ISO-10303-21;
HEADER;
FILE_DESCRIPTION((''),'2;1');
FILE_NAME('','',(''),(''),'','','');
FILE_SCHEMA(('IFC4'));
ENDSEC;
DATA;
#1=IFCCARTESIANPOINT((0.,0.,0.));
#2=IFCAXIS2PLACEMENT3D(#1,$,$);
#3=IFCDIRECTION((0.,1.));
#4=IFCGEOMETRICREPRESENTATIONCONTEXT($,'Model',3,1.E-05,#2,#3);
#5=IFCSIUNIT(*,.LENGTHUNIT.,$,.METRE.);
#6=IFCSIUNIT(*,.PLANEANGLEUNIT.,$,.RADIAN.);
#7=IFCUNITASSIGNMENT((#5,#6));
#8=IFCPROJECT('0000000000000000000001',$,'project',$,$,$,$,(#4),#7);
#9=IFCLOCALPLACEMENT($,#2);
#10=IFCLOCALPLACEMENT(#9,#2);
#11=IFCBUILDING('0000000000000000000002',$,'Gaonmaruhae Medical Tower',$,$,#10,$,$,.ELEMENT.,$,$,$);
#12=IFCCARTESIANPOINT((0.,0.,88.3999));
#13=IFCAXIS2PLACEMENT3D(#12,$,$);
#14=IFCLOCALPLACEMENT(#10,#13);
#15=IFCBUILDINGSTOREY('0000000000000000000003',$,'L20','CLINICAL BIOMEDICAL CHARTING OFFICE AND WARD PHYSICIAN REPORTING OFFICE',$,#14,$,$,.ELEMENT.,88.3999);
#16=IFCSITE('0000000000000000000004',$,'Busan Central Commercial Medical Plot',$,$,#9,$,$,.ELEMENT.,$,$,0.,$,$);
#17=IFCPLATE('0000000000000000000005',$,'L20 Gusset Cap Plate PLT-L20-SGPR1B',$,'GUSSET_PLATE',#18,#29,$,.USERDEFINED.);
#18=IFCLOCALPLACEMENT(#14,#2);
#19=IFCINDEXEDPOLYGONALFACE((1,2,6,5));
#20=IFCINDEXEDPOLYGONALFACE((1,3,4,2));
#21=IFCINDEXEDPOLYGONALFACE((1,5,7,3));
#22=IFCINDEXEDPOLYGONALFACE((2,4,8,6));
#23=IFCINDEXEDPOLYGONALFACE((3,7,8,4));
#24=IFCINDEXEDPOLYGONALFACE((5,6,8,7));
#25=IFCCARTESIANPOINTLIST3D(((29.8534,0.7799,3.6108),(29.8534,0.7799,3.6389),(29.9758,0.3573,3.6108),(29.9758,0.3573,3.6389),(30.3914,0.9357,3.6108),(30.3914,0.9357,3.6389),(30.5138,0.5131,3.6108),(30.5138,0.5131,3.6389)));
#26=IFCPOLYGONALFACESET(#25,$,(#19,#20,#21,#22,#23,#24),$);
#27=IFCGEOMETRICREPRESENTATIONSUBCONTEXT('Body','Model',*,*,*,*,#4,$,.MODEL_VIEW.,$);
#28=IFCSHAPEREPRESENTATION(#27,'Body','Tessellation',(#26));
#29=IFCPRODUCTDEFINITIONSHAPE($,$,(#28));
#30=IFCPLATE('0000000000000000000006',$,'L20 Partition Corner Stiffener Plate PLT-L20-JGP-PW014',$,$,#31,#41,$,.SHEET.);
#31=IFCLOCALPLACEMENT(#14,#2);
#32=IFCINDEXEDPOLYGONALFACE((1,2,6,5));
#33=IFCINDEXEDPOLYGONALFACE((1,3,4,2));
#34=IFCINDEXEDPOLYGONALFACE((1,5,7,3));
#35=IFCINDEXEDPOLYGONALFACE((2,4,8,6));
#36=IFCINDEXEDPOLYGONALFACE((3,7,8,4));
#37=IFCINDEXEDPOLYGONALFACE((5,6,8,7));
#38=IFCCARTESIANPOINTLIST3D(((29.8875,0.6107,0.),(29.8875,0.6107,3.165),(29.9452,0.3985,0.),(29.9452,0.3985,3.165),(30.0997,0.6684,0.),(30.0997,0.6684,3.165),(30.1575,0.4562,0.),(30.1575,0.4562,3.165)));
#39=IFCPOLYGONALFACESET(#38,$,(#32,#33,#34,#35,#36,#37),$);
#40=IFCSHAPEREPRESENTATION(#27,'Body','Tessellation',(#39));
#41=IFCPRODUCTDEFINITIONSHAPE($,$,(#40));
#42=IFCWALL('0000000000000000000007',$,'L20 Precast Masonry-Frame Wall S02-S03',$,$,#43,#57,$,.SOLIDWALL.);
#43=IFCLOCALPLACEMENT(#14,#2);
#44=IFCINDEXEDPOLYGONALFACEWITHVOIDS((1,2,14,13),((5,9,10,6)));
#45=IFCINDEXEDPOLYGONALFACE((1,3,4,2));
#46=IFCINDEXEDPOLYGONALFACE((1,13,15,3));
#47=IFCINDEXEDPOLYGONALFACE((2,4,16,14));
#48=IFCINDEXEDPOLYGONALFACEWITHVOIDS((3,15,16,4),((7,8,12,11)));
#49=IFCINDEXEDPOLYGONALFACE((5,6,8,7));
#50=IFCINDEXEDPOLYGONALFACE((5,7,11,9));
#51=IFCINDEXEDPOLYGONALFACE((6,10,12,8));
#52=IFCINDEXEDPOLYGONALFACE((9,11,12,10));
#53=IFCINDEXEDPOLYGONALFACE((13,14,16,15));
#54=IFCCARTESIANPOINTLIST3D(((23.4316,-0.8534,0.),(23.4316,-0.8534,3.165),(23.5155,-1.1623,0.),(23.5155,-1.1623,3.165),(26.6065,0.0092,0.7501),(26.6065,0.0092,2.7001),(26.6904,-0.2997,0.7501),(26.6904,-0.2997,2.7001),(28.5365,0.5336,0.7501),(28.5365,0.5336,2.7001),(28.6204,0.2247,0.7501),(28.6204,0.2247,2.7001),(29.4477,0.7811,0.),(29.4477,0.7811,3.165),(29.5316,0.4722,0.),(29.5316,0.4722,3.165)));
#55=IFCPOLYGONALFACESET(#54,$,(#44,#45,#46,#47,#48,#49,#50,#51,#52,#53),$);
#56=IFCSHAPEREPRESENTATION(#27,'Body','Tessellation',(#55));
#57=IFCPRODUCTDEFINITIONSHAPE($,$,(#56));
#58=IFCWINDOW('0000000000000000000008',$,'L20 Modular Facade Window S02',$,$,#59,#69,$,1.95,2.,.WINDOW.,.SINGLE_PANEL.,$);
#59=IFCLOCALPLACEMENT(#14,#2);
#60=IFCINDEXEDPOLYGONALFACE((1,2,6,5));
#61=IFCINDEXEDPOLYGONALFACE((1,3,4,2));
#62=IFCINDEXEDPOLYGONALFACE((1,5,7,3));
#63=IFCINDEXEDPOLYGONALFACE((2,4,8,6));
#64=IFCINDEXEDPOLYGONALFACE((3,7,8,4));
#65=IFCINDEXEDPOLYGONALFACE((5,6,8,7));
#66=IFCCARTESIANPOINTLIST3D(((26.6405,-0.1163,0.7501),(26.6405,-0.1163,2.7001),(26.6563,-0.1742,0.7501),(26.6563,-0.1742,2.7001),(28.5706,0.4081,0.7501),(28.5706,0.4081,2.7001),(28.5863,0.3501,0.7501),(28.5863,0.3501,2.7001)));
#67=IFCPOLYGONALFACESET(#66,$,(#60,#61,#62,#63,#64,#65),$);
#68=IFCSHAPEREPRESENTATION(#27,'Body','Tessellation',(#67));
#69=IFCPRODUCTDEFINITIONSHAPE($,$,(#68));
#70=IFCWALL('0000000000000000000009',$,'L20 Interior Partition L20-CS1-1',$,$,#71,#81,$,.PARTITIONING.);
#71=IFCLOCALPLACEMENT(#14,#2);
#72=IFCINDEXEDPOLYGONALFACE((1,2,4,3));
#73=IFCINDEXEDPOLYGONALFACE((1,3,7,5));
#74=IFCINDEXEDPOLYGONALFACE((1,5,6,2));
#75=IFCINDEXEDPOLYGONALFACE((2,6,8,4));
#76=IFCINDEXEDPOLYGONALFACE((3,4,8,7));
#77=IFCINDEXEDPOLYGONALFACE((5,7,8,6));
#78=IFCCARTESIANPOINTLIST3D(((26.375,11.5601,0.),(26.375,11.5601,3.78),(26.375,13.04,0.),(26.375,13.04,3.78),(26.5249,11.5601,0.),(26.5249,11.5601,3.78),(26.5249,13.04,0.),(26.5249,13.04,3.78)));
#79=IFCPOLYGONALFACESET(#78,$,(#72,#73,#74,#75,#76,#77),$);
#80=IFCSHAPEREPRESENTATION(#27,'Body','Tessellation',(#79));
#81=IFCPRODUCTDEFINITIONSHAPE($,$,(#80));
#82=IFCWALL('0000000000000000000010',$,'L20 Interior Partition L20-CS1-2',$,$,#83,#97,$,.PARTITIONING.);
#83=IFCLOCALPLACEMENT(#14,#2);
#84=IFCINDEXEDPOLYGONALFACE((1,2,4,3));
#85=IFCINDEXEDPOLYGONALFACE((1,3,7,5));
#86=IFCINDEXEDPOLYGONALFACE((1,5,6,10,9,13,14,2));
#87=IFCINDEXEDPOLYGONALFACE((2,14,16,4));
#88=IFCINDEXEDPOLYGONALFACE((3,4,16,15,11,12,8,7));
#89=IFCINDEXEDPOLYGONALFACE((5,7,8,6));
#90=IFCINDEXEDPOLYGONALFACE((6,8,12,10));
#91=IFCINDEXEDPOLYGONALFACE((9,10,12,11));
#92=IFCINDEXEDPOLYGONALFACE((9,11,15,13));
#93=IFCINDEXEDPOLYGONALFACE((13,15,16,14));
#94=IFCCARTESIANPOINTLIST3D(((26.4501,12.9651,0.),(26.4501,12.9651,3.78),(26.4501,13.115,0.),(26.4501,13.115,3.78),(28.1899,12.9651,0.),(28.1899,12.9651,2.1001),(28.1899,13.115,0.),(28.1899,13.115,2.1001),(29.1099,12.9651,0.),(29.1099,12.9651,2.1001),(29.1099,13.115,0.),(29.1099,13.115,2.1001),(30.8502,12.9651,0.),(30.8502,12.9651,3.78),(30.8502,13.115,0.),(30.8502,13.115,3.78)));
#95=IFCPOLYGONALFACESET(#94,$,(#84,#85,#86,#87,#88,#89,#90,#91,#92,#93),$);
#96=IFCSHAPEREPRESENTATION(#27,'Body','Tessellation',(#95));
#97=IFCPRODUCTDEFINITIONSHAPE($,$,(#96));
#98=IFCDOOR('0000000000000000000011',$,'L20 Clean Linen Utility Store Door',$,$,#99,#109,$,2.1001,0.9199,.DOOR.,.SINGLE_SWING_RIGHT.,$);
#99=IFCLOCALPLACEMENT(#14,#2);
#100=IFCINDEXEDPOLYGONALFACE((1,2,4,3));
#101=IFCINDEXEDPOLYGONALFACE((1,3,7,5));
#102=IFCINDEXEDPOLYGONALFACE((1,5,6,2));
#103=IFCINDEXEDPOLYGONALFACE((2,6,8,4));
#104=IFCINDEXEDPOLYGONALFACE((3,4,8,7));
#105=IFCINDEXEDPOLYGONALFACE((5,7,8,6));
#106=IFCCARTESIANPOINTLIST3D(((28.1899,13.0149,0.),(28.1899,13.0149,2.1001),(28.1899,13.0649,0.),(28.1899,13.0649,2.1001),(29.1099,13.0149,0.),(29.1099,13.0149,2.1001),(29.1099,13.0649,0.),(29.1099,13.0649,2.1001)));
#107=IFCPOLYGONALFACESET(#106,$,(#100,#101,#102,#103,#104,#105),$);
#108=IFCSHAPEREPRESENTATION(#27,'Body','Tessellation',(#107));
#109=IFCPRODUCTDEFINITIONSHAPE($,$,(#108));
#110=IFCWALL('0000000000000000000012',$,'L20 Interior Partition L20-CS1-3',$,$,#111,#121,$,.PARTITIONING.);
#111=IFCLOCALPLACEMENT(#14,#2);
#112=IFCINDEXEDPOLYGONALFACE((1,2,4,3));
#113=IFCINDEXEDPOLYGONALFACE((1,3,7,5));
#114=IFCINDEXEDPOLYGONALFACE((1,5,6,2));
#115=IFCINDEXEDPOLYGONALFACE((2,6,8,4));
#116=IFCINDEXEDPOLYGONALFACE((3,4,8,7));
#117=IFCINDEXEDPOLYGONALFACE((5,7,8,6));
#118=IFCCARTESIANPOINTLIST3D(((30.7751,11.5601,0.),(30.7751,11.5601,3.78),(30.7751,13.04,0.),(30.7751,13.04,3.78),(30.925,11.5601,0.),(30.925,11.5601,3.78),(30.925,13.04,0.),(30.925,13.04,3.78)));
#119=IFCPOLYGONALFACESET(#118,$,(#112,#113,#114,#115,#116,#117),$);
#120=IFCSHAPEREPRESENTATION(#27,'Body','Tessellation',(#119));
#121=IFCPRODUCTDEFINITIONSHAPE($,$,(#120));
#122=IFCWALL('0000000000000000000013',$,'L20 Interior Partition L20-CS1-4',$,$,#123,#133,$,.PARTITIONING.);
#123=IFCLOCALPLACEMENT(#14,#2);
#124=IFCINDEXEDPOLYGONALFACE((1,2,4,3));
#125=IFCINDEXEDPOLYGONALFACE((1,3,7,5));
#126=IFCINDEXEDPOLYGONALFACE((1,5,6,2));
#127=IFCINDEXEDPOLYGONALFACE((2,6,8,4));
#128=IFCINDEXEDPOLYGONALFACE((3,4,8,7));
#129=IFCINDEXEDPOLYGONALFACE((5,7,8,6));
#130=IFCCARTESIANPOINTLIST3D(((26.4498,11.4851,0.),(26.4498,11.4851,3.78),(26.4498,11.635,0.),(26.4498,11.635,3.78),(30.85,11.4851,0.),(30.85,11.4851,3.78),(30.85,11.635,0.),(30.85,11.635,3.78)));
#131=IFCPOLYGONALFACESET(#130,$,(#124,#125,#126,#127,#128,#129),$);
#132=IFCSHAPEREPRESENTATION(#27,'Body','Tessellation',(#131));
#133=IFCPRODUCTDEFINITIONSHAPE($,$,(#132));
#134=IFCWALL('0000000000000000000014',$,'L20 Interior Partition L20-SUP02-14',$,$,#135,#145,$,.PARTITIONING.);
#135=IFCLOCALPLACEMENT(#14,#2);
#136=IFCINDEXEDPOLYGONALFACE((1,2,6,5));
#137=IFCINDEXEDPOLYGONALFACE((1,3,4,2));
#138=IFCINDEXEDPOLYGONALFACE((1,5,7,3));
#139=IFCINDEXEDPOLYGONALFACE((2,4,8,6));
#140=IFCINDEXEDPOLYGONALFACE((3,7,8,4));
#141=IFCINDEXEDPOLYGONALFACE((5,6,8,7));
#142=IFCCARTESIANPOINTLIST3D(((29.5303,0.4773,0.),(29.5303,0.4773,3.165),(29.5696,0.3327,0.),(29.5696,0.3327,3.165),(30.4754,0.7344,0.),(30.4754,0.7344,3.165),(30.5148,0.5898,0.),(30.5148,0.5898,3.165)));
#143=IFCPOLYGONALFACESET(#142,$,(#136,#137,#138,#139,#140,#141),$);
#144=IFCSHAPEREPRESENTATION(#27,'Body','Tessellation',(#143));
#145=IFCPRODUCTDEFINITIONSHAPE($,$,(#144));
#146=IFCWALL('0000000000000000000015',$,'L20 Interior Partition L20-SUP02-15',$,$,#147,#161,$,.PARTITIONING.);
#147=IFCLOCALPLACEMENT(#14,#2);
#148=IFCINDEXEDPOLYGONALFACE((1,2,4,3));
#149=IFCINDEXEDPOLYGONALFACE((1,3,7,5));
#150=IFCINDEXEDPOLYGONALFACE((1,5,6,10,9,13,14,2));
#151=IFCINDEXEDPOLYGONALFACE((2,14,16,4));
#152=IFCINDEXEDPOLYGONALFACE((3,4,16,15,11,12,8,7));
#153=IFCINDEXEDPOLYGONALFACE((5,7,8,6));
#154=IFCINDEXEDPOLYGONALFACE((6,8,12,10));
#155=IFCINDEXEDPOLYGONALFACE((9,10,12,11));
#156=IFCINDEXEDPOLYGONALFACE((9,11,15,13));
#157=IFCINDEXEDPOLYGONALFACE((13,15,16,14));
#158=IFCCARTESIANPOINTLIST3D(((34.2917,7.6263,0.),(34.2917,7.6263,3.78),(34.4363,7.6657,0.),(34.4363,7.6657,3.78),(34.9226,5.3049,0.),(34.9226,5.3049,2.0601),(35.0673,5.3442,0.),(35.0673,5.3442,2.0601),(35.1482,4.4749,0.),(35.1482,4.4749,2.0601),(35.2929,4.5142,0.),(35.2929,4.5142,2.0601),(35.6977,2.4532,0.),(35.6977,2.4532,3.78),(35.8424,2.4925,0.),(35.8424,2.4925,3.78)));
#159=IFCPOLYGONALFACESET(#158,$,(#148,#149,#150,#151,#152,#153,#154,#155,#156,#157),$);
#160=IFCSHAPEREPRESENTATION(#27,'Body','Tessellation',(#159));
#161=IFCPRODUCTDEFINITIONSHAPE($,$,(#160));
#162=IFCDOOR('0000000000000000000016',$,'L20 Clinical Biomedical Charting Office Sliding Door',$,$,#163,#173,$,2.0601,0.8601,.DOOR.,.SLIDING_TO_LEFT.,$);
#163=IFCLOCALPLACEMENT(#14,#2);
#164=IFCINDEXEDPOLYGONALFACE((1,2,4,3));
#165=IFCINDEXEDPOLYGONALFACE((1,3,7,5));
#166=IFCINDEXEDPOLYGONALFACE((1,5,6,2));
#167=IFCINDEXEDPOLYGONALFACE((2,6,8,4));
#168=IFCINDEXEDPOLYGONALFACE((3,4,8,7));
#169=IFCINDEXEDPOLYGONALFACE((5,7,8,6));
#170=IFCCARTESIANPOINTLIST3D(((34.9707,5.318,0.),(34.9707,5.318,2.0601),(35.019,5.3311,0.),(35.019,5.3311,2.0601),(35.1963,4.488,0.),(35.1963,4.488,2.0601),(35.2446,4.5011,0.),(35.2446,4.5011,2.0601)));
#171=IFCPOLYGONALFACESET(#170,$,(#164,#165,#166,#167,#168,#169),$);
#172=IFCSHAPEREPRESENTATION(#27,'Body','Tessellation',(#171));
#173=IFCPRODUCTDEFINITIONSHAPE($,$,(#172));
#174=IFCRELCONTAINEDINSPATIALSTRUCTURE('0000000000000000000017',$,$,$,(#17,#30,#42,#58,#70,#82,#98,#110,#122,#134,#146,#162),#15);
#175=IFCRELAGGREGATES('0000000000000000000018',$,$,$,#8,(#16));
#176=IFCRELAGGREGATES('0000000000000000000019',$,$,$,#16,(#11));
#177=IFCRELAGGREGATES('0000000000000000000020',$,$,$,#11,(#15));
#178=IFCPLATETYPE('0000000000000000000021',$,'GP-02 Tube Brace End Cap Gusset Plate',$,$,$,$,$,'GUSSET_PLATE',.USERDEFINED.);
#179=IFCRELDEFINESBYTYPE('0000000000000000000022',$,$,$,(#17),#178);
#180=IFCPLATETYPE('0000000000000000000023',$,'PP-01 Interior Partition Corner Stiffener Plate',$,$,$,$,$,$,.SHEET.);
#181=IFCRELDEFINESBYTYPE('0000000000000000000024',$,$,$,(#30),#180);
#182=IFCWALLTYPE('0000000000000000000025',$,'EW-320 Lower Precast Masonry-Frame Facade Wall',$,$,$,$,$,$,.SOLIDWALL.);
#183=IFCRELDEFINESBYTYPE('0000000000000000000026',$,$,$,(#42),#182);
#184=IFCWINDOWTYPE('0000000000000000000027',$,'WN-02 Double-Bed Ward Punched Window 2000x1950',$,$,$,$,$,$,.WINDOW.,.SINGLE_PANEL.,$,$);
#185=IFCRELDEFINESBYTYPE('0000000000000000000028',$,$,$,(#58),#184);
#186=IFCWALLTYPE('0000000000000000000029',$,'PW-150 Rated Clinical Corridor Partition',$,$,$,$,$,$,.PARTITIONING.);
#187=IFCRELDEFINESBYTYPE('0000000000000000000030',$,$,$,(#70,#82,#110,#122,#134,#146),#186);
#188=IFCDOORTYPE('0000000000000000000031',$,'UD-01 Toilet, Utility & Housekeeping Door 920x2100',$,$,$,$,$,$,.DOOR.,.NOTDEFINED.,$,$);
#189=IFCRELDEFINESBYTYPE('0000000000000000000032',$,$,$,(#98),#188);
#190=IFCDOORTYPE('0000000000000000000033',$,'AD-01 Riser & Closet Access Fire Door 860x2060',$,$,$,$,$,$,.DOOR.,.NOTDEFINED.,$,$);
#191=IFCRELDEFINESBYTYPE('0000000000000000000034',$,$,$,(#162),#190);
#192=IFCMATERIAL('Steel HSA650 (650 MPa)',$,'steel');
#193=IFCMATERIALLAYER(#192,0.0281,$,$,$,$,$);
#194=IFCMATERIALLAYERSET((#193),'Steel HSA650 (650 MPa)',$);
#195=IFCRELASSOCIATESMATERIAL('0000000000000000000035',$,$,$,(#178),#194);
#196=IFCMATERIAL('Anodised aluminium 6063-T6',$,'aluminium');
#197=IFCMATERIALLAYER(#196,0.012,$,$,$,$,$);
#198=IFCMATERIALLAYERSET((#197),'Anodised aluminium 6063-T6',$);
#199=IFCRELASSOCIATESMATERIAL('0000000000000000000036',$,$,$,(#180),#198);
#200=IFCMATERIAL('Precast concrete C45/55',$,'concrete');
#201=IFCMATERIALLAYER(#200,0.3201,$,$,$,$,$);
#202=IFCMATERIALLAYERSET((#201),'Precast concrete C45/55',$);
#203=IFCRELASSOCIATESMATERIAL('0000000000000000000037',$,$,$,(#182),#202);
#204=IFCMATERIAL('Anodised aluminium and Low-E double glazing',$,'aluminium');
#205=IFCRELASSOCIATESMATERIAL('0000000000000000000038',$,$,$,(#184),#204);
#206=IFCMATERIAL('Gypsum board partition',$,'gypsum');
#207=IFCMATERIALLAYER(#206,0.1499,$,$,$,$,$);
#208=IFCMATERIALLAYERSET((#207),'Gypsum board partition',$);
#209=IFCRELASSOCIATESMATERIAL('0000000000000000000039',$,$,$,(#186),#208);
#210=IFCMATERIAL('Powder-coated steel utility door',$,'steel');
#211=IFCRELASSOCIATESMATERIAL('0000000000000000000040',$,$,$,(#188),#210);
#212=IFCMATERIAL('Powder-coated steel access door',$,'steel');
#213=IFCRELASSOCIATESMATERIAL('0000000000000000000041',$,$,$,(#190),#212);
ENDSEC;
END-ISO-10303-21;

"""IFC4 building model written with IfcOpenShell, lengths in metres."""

from ifc_helpers import new_model, si_unit, direction, frame, frame_2d, origin, origin_2d, place, context, subcontext, project, spatial, rectangle, extrude, material, layer, layer_set, type_object, element, fill, save


model = new_model("IFC4")

# Units and contexts
model_context = context("Model", 3, precision=1e-05, world=origin(), true_north=direction((0.0, 1.0)))
body_context = subcontext(model_context, "Body", "Model", "MODEL_VIEW")
ifc_project = project(units=[si_unit("LENGTHUNIT", "METRE"), si_unit("PLANEANGLEUNIT", "RADIAN")], contexts=[model_context])

# Site, building, storey
site_placement = place(None, origin())
site = spatial("IfcSite", under=ifc_project, at=site_placement, Name="Busan Central Commercial Medical Plot", CompositionType="ELEMENT", RefElevation=0.0)
building_placement = place(site_placement, origin())
building = spatial("IfcBuilding", under=site, at=building_placement, Name="Gaonmaruhae Medical Tower", CompositionType="ELEMENT")
storey_placement = place(building_placement, frame((0.0, 0.0, 88.3999)))
storey = spatial("IfcBuildingStorey", under=building, at=storey_placement, Name="L20", Description="CLINICAL BIOMEDICAL CHARTING OFFICE AND WARD PHYSICIAN REPORTING OFFICE", CompositionType="ELEMENT", Elevation=88.3999)

# Plates
ifc_material_1 = material(Name="Steel HSA650 (650 MPa)", Category="steel")
ifc_layer_1 = layer(ifc_material_1, 0.0281)
ifc_layer_set_1 = layer_set([ifc_layer_1], Name="Steel HSA650 (650 MPa)")
plate_type_1 = type_object("IfcPlateType", Name="GP-02 Tube Brace End Cap Gusset Plate", ElementType="GUSSET_PLATE", PredefinedType="USERDEFINED", material=ifc_layer_set_1)
plate_1_placement = place(storey_placement, frame((30.1836, 0.6465, 3.6108), z_axis=(0.0, 0.0, 1.0), x_axis=(0.960537, 0.278153, 0.0)))
element("IfcPlate", 1, at=plate_1_placement, inside=storey, type_object=plate_type_1, Name="L20 Gusset Cap Plate PLT-L20-SGPR1B", ObjectType="GUSSET_PLATE", PredefinedType="USERDEFINED", context=body_context, shape_type="SweptSolid", body=[
    extrude(rectangle(XDim=0.5601, YDim=0.4399, at=origin_2d()), origin(), (0.0, 0.0, 1.0), 0.0281),
])
ifc_material_2 = material(Name="Anodised aluminium 6063-T6", Category="aluminium")
ifc_layer_2 = layer(ifc_material_2, 0.012)
ifc_layer_set_2 = layer_set([ifc_layer_2], Name="Anodised aluminium 6063-T6")
plate_type_2 = type_object("IfcPlateType", Name="PP-01 Interior Partition Corner Stiffener Plate", PredefinedType="SHEET", material=ifc_layer_set_2)
plate_2_placement = place(storey_placement, frame((30.0225, 0.5334, 0.0), z_axis=(0.0, 0.0, 1.0), x_axis=(-0.964952, -0.262425, 0.0)))
element("IfcPlate", 2, at=plate_2_placement, inside=storey, type_object=plate_type_2, Name="L20 Partition Corner Stiffener Plate PLT-L20-JGP-PW014", PredefinedType="SHEET", context=body_context, shape_type="SweptSolid", body=[
    extrude(rectangle(XDim=0.22, YDim=0.22, at=origin_2d()), origin(), (0.0, 0.0, 1.0), 3.165),
])

# Wall, opening, window
ifc_material_3 = material(Name="Precast concrete C45/55", Category="concrete")
ifc_layer_3 = layer(ifc_material_3, 0.3201)
ifc_layer_set_3 = layer_set([ifc_layer_3], Name="Precast concrete C45/55")
wall_type_1 = type_object("IfcWallType", Name="EW-320 Lower Precast Masonry-Frame Facade Wall", PredefinedType="SOLIDWALL", material=ifc_layer_set_3)
wall_1_placement = place(storey_placement, frame((29.4897, 0.6267, 0.0), z_axis=(0.0, 0.0, 1.0), x_axis=(-0.965017, -0.262186, 0.0)))
wall_1 = element("IfcWall", 3, at=wall_1_placement, inside=storey, type_object=wall_type_1, Name="L20 Precast Masonry-Frame Wall S02-S03", PredefinedType="SOLIDWALL", context=body_context, shape_type="SweptSolid", body=[
    extrude(rectangle(XDim=6.2341, YDim=0.3201, at=frame_2d((3.1172, 0.0))), origin(), (0.0, 0.0, 1.0), 3.165),
])
opening_1_placement = place(wall_1_placement, frame((0.9443, 0.0, 0.75)))
opening_1 = element("IfcOpeningElement", 4, at=opening_1_placement, cuts=wall_1, PredefinedType="OPENING", context=body_context, shape_type="SweptSolid", body=[
    extrude(rectangle(XDim=2.0, YDim=1.95, at=frame_2d((1.0, 0.9751))), frame((0.0, 0.1699, 0.0), z_axis=(0.0, -1.0, 0.0), x_axis=(1.0, 0.0, 0.0)), (0.0, 0.0, 1.0), 0.3401),
])
ifc_material_4 = material(Name="Anodised aluminium and Low-E double glazing", Category="aluminium")
window_type = type_object("IfcWindowType", Name="WN-02 Double-Bed Ward Punched Window 2000x1950", PartitioningType="SINGLE_PANEL", PredefinedType="WINDOW", material=ifc_material_4)
window_placement = place(opening_1_placement, origin())
window = element("IfcWindow", 5, at=window_placement, inside=storey, type_object=window_type, Name="L20 Modular Facade Window S02", OverallHeight=1.95, OverallWidth=2.0, PartitioningType="SINGLE_PANEL", PredefinedType="WINDOW", context=body_context, shape_type="SweptSolid", body=[
    extrude(rectangle(XDim=2.0, YDim=1.95, at=frame_2d((1.0, 0.9751))), frame((0.0, 0.03, 0.0), z_axis=(0.0, -1.0, 0.0), x_axis=(1.0, 0.0, 0.0)), (0.0, 0.0, 1.0), 0.0601),
])
fill(opening_1, window)

# Wall
ifc_material_5 = material(Name="Gypsum board partition", Category="gypsum")
ifc_layer_4 = layer(ifc_material_5, 0.1499)
ifc_layer_set_4 = layer_set([ifc_layer_4], Name="Gypsum board partition")
wall_type_2 = type_object("IfcWallType", Name="PW-150 Rated Clinical Corridor Partition", PredefinedType="PARTITIONING", material=ifc_layer_set_4)
wall_2_placement = place(storey_placement, frame((26.45, 11.5601, 0.0), z_axis=(0.0, 0.0, 1.0), x_axis=(0.0, 1.0, 0.0)))
element("IfcWall", 6, at=wall_2_placement, inside=storey, type_object=wall_type_2, Name="L20 Interior Partition L20-CS1-1", PredefinedType="PARTITIONING", context=body_context, shape_type="SweptSolid", body=[
    extrude(rectangle(XDim=1.48, YDim=0.1499, at=frame_2d((0.74, 0.0))), origin(), (0.0, 0.0, 1.0), 3.78),
])

# Wall, opening, door
wall_3_placement = place(storey_placement, frame((26.45, 13.04, 0.0), z_axis=(0.0, 0.0, 1.0), x_axis=(1.0, 0.0, 0.0)))
wall_3 = element("IfcWall", 7, at=wall_3_placement, inside=storey, type_object=wall_type_2, Name="L20 Interior Partition L20-CS1-2", PredefinedType="PARTITIONING", context=body_context, shape_type="SweptSolid", body=[
    extrude(rectangle(XDim=4.4001, YDim=0.1499, at=frame_2d((2.2002, 0.0))), origin(), (0.0, 0.0, 1.0), 3.78),
])
opening_2_placement = place(wall_3_placement, frame((1.74, 0.0, 0.0)))
opening_2 = element("IfcOpeningElement", 8, at=opening_2_placement, cuts=wall_3, PredefinedType="OPENING", context=body_context, shape_type="SweptSolid", body=[
    extrude(rectangle(XDim=0.9199, YDim=2.1001, at=frame_2d((0.46, 1.05))), frame((0.0, 0.085, 0.0), z_axis=(0.0, -1.0, 0.0), x_axis=(1.0, 0.0, 0.0)), (0.0, 0.0, 1.0), 0.1699),
])
ifc_material_6 = material(Name="Powder-coated steel utility door", Category="steel")
door_type_1 = type_object("IfcDoorType", Name="UD-01 Toilet, Utility & Housekeeping Door 920x2100", OperationType="NOTDEFINED", PredefinedType="DOOR", material=ifc_material_6)
door_1_placement = place(opening_2_placement, origin())
door_1 = element("IfcDoor", 9, at=door_1_placement, inside=storey, type_object=door_type_1, Name="L20 Clean Linen Utility Store Door", OperationType="SINGLE_SWING_RIGHT", OverallHeight=2.1001, OverallWidth=0.9199, PredefinedType="DOOR", context=body_context, shape_type="SweptSolid", body=[
    extrude(rectangle(XDim=0.9199, YDim=2.1001, at=frame_2d((0.46, 1.05))), frame((0.0, 0.0249, 0.0), z_axis=(0.0, -1.0, 0.0), x_axis=(1.0, 0.0, 0.0)), (0.0, 0.0, 1.0), 0.05),
])
fill(opening_2, door_1)

# Walls
wall_4_placement = place(storey_placement, frame((30.8501, 13.04, 0.0), z_axis=(0.0, 0.0, 1.0), x_axis=(0.0, -1.0, 0.0)))
element("IfcWall", 10, at=wall_4_placement, inside=storey, type_object=wall_type_2, Name="L20 Interior Partition L20-CS1-3", PredefinedType="PARTITIONING", context=body_context, shape_type="SweptSolid", body=[
    extrude(rectangle(XDim=1.48, YDim=0.1499, at=frame_2d((0.74, 0.0))), origin(), (0.0, 0.0, 1.0), 3.78),
])
wall_5_placement = place(storey_placement, frame((30.8501, 11.5601, 0.0), z_axis=(0.0, 0.0, 1.0), x_axis=(-1.0, 0.0, 0.0)))
element("IfcWall", 11, at=wall_5_placement, inside=storey, type_object=wall_type_2, Name="L20 Interior Partition L20-CS1-4", PredefinedType="PARTITIONING", context=body_context, shape_type="SweptSolid", body=[
    extrude(rectangle(XDim=4.4001, YDim=0.1499, at=frame_2d((2.2002, 0.0))), origin(), (0.0, 0.0, 1.0), 3.78),
])
wall_6_placement = place(storey_placement, frame((30.4951, 0.6621, 0.0), z_axis=(0.0, 0.0, 1.0), x_axis=(-0.964936, -0.262485, 0.0)))
element("IfcWall", 12, at=wall_6_placement, inside=storey, type_object=wall_type_2, Name="L20 Interior Partition L20-SUP02-14", PredefinedType="PARTITIONING", context=body_context, shape_type="SweptSolid", body=[
    extrude(rectangle(XDim=0.9795, YDim=0.1499, at=frame_2d((0.4897, 0.0))), origin(), (0.0, 0.0, 1.0), 3.165),
])

# Wall, opening, door
wall_7_placement = place(storey_placement, frame((34.364, 7.646, 0.0), z_axis=(0.0, 0.0, 1.0), x_axis=(0.262277, -0.964993, 0.0)))
wall_7 = element("IfcWall", 13, at=wall_7_placement, inside=storey, type_object=wall_type_2, Name="L20 Interior Partition L20-SUP02-15", PredefinedType="PARTITIONING", context=body_context, shape_type="SweptSolid", body=[
    extrude(rectangle(XDim=5.3608, YDim=0.1499, at=frame_2d((2.6804, 0.0))), origin(), (0.0, 0.0, 1.0), 3.78),
])
opening_3_placement = place(wall_7_placement, frame((2.4055, 0.0, 0.0)))
opening_3 = element("IfcOpeningElement", 14, at=opening_3_placement, cuts=wall_7, PredefinedType="OPENING", context=body_context, shape_type="SweptSolid", body=[
    extrude(rectangle(XDim=0.8601, YDim=2.0601, at=frame_2d((0.4302, 1.03))), frame((0.0, 0.085, 0.0), z_axis=(0.0, -1.0, 0.0), x_axis=(1.0, 0.0, 0.0)), (0.0, 0.0, 1.0), 0.1699),
])
ifc_material_7 = material(Name="Powder-coated steel access door", Category="steel")
door_type_2 = type_object("IfcDoorType", Name="AD-01 Riser & Closet Access Fire Door 860x2060", OperationType="NOTDEFINED", PredefinedType="DOOR", material=ifc_material_7)
door_2_placement = place(opening_3_placement, origin())
door_2 = element("IfcDoor", 15, at=door_2_placement, inside=storey, type_object=door_type_2, Name="L20 Clinical Biomedical Charting Office Sliding Door", OperationType="SLIDING_TO_LEFT", OverallHeight=2.0601, OverallWidth=0.8601, PredefinedType="DOOR", context=body_context, shape_type="SweptSolid", body=[
    extrude(rectangle(XDim=0.8601, YDim=2.0601, at=frame_2d((0.4302, 1.03))), frame((0.0, 0.0249, 0.0), z_axis=(0.0, -1.0, 0.0), x_axis=(1.0, 0.0, 0.0)), (0.0, 0.0, 1.0), 0.05),
])
fill(opening_3, door_2)

save(model, "model.ifc")
